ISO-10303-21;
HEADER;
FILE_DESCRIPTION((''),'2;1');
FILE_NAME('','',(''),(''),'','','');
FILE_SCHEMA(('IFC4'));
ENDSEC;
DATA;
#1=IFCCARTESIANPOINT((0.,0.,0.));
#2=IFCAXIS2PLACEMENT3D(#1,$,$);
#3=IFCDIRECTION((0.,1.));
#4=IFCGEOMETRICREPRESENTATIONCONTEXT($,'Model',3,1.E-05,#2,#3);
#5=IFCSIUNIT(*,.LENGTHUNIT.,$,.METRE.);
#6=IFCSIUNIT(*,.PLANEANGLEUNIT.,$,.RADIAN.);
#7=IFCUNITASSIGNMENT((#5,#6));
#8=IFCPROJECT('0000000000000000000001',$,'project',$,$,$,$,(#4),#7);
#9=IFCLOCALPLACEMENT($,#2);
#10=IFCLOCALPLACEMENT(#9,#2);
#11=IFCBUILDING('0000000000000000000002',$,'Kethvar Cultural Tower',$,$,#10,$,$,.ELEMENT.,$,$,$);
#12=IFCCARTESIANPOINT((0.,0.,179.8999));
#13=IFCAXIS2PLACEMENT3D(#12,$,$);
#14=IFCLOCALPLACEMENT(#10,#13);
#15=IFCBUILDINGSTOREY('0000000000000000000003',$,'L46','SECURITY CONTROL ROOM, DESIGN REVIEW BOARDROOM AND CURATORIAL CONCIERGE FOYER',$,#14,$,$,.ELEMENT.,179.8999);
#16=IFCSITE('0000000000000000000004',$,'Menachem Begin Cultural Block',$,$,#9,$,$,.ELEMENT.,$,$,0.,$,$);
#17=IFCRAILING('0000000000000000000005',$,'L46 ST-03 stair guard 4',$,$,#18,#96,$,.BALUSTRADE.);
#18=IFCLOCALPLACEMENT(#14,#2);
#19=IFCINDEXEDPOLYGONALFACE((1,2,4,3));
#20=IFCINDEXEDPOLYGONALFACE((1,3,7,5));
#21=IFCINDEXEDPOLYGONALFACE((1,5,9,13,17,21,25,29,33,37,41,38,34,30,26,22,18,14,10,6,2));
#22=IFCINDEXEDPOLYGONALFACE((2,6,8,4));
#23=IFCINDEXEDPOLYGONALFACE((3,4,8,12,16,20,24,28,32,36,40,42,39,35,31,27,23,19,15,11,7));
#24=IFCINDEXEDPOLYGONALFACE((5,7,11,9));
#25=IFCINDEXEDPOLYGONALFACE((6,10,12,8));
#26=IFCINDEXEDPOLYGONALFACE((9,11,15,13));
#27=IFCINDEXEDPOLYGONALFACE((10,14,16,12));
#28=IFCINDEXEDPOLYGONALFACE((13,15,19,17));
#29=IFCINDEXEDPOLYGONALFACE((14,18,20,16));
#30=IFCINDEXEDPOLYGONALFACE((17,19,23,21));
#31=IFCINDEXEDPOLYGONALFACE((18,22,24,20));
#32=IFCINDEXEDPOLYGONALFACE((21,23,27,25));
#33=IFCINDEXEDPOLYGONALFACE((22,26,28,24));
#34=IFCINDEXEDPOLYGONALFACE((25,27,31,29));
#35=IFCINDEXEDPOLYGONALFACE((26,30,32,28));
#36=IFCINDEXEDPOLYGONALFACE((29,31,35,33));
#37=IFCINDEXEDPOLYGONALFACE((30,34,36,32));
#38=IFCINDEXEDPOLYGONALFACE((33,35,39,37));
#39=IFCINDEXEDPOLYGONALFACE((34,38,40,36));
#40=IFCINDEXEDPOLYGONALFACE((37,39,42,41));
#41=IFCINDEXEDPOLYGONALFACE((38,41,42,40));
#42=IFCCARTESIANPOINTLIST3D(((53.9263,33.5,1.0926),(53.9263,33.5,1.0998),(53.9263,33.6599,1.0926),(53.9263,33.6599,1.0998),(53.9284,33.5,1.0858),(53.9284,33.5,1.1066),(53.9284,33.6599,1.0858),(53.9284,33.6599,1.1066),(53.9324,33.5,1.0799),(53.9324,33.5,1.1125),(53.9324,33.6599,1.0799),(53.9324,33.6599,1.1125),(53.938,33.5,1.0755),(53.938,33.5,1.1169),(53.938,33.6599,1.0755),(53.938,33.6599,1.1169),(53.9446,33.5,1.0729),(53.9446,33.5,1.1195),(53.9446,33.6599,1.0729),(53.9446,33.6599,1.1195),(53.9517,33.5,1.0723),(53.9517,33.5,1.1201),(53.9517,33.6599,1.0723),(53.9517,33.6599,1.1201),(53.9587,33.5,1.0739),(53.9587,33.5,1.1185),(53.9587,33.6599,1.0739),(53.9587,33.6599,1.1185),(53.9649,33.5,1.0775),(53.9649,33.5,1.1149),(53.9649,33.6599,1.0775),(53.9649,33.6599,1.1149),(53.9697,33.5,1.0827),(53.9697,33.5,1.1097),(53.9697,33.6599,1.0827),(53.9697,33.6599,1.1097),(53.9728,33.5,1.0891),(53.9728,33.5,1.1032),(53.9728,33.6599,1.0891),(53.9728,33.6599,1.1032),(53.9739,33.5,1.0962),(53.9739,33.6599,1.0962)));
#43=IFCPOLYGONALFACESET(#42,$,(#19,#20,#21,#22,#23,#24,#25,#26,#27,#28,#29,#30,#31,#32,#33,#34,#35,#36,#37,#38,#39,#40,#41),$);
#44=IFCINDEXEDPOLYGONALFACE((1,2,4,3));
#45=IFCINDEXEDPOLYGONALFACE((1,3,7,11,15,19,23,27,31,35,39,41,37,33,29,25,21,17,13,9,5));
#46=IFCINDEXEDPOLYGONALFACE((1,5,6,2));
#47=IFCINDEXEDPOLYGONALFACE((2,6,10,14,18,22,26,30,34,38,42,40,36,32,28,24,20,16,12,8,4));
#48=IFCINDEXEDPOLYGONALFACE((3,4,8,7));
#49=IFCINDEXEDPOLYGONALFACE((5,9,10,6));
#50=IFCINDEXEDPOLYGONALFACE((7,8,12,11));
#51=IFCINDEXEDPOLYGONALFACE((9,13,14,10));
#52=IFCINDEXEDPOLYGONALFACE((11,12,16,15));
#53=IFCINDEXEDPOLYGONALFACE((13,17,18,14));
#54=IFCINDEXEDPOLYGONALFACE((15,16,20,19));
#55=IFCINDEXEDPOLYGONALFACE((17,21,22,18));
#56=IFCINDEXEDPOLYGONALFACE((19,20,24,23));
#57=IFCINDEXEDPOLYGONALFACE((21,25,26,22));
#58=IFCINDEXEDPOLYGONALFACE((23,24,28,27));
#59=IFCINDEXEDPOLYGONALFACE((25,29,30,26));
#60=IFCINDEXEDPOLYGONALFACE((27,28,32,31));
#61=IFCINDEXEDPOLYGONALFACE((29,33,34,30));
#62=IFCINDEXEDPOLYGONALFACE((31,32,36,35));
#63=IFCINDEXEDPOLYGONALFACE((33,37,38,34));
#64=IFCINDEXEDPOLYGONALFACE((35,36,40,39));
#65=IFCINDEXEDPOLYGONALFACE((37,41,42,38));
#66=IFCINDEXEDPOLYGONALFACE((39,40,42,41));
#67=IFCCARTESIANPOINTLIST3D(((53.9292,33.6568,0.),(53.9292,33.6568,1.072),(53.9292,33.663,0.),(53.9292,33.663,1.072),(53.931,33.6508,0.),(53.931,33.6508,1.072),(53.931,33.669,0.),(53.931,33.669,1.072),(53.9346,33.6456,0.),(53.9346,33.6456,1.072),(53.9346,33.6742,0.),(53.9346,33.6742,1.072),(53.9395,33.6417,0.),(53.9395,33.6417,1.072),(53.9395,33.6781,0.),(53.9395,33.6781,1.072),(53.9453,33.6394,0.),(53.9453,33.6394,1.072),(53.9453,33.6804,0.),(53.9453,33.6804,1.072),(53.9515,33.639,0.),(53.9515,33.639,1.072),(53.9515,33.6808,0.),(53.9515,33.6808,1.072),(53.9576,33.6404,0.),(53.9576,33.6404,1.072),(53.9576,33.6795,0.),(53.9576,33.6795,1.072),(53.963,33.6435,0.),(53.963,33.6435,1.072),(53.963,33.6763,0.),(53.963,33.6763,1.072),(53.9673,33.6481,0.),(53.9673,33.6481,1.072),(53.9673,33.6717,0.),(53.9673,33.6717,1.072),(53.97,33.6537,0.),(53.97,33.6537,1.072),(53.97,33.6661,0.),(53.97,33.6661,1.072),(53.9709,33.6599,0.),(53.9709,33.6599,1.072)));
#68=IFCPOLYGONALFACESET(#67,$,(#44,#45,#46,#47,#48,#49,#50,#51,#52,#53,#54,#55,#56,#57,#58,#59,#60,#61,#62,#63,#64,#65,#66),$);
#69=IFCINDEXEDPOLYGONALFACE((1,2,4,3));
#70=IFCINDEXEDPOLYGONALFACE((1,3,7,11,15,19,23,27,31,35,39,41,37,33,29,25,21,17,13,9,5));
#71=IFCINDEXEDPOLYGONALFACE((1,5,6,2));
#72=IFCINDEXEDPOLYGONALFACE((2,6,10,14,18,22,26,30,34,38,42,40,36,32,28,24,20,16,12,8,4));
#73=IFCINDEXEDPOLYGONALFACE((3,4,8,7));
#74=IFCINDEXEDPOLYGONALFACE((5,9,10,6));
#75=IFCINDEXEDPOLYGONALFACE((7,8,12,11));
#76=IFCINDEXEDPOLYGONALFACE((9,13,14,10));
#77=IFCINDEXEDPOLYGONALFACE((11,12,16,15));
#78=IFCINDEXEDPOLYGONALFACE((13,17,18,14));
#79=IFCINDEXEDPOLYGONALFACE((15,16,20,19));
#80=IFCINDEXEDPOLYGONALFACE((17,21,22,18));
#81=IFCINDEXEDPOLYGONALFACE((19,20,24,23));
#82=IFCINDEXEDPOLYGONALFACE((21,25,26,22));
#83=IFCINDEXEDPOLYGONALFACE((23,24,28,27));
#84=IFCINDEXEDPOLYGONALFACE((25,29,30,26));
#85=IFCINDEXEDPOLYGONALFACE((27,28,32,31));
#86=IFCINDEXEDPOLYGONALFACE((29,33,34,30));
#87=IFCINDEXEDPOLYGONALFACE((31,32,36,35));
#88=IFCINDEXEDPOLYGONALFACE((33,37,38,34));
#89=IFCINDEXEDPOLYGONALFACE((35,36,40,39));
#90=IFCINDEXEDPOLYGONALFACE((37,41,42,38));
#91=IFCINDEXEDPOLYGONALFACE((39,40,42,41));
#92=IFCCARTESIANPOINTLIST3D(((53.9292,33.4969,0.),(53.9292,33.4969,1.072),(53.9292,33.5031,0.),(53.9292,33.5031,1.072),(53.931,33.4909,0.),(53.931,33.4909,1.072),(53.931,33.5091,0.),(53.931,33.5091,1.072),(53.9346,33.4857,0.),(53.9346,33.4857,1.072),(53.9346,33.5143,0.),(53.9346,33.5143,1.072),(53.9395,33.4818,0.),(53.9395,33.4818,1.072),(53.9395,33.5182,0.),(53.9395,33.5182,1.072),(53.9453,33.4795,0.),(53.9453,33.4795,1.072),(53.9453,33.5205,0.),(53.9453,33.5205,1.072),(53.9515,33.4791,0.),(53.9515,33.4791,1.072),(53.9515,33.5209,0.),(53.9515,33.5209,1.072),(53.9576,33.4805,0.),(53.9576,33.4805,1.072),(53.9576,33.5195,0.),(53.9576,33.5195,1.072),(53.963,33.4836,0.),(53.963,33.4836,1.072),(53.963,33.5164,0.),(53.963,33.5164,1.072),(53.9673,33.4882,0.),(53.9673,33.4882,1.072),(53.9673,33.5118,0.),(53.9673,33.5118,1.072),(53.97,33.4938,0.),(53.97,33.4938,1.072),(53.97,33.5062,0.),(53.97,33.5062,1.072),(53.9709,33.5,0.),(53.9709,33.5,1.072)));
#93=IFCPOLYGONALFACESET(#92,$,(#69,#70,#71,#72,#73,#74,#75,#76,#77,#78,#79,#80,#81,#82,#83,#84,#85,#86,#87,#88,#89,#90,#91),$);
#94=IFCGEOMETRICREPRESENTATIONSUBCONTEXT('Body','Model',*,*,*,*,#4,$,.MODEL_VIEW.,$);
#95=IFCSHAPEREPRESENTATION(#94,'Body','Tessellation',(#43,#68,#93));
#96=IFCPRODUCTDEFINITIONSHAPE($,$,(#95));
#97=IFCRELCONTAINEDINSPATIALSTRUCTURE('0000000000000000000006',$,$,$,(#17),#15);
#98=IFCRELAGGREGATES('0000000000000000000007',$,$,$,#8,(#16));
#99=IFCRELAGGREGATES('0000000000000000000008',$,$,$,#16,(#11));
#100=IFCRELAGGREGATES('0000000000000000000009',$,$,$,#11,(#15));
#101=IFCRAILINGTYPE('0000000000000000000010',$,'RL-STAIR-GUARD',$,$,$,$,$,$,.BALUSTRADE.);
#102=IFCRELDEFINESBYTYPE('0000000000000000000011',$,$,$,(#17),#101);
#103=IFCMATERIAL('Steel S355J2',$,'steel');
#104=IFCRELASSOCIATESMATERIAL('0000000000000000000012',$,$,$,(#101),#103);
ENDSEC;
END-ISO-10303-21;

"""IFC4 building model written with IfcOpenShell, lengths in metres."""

from ifc_helpers import new_model, si_unit, direction, frame, origin, origin_2d, place, context, subcontext, project, spatial, circle, extrude, material, type_object, element, save


model = new_model("IFC4")

# Units and contexts
model_context = context("Model", 3, precision=1e-05, world=origin(), true_north=direction((0.0, 1.0)))
body_context = subcontext(model_context, "Body", "Model", "MODEL_VIEW")
ifc_project = project(units=[si_unit("LENGTHUNIT", "METRE"), si_unit("PLANEANGLEUNIT", "RADIAN")], contexts=[model_context])

# Site, building, storey
site_placement = place(None, origin())
site = spatial("IfcSite", under=ifc_project, at=site_placement, Name="Menachem Begin Cultural Block", CompositionType="ELEMENT", RefElevation=0.0)
building_placement = place(site_placement, origin())
building = spatial("IfcBuilding", under=site, at=building_placement, Name="Kethvar Cultural Tower", CompositionType="ELEMENT")
storey_placement = place(building_placement, frame((0.0, 0.0, 179.8999)))
storey = spatial("IfcBuildingStorey", under=building, at=storey_placement, Name="L46", Description="SECURITY CONTROL ROOM, DESIGN REVIEW BOARDROOM AND CURATORIAL CONCIERGE FOYER", CompositionType="ELEMENT", Elevation=179.8999)

# Shared definitions
ifc_material_1 = material(Name="Steel S355J2", Category="steel")

# Railing
railing_type_1 = type_object("IfcRailingType", Name="RL-STAIR-GUARD", PredefinedType="BALUSTRADE", material=ifc_material_1)
railing_1_placement = place(storey_placement, frame((53.95, 33.6599, 0.0)))
element("IfcRailing", 1, at=railing_1_placement, inside=storey, type_object=railing_type_1, Name="L46 ST-03 stair guard 4", PredefinedType="BALUSTRADE", context=body_context, shape_type="SweptSolid", body=[
    extrude(circle(Radius=0.0239, at=origin_2d()), frame((0.0, 0.0, 1.0962), z_axis=(0.0, -1.0, 0.0), x_axis=(1.0, 0.0, 0.0)), (0.0, 0.0, 1.0), 0.1599),
    extrude(circle(Radius=0.021, at=origin_2d()), origin(), (0.0, 0.0, 1.0), 1.072),
    extrude(circle(Radius=0.021, at=origin_2d()), frame((0.0, -0.1599, 0.0)), (0.0, 0.0, 1.0), 1.072),
])

save(model, "model.ifc")
